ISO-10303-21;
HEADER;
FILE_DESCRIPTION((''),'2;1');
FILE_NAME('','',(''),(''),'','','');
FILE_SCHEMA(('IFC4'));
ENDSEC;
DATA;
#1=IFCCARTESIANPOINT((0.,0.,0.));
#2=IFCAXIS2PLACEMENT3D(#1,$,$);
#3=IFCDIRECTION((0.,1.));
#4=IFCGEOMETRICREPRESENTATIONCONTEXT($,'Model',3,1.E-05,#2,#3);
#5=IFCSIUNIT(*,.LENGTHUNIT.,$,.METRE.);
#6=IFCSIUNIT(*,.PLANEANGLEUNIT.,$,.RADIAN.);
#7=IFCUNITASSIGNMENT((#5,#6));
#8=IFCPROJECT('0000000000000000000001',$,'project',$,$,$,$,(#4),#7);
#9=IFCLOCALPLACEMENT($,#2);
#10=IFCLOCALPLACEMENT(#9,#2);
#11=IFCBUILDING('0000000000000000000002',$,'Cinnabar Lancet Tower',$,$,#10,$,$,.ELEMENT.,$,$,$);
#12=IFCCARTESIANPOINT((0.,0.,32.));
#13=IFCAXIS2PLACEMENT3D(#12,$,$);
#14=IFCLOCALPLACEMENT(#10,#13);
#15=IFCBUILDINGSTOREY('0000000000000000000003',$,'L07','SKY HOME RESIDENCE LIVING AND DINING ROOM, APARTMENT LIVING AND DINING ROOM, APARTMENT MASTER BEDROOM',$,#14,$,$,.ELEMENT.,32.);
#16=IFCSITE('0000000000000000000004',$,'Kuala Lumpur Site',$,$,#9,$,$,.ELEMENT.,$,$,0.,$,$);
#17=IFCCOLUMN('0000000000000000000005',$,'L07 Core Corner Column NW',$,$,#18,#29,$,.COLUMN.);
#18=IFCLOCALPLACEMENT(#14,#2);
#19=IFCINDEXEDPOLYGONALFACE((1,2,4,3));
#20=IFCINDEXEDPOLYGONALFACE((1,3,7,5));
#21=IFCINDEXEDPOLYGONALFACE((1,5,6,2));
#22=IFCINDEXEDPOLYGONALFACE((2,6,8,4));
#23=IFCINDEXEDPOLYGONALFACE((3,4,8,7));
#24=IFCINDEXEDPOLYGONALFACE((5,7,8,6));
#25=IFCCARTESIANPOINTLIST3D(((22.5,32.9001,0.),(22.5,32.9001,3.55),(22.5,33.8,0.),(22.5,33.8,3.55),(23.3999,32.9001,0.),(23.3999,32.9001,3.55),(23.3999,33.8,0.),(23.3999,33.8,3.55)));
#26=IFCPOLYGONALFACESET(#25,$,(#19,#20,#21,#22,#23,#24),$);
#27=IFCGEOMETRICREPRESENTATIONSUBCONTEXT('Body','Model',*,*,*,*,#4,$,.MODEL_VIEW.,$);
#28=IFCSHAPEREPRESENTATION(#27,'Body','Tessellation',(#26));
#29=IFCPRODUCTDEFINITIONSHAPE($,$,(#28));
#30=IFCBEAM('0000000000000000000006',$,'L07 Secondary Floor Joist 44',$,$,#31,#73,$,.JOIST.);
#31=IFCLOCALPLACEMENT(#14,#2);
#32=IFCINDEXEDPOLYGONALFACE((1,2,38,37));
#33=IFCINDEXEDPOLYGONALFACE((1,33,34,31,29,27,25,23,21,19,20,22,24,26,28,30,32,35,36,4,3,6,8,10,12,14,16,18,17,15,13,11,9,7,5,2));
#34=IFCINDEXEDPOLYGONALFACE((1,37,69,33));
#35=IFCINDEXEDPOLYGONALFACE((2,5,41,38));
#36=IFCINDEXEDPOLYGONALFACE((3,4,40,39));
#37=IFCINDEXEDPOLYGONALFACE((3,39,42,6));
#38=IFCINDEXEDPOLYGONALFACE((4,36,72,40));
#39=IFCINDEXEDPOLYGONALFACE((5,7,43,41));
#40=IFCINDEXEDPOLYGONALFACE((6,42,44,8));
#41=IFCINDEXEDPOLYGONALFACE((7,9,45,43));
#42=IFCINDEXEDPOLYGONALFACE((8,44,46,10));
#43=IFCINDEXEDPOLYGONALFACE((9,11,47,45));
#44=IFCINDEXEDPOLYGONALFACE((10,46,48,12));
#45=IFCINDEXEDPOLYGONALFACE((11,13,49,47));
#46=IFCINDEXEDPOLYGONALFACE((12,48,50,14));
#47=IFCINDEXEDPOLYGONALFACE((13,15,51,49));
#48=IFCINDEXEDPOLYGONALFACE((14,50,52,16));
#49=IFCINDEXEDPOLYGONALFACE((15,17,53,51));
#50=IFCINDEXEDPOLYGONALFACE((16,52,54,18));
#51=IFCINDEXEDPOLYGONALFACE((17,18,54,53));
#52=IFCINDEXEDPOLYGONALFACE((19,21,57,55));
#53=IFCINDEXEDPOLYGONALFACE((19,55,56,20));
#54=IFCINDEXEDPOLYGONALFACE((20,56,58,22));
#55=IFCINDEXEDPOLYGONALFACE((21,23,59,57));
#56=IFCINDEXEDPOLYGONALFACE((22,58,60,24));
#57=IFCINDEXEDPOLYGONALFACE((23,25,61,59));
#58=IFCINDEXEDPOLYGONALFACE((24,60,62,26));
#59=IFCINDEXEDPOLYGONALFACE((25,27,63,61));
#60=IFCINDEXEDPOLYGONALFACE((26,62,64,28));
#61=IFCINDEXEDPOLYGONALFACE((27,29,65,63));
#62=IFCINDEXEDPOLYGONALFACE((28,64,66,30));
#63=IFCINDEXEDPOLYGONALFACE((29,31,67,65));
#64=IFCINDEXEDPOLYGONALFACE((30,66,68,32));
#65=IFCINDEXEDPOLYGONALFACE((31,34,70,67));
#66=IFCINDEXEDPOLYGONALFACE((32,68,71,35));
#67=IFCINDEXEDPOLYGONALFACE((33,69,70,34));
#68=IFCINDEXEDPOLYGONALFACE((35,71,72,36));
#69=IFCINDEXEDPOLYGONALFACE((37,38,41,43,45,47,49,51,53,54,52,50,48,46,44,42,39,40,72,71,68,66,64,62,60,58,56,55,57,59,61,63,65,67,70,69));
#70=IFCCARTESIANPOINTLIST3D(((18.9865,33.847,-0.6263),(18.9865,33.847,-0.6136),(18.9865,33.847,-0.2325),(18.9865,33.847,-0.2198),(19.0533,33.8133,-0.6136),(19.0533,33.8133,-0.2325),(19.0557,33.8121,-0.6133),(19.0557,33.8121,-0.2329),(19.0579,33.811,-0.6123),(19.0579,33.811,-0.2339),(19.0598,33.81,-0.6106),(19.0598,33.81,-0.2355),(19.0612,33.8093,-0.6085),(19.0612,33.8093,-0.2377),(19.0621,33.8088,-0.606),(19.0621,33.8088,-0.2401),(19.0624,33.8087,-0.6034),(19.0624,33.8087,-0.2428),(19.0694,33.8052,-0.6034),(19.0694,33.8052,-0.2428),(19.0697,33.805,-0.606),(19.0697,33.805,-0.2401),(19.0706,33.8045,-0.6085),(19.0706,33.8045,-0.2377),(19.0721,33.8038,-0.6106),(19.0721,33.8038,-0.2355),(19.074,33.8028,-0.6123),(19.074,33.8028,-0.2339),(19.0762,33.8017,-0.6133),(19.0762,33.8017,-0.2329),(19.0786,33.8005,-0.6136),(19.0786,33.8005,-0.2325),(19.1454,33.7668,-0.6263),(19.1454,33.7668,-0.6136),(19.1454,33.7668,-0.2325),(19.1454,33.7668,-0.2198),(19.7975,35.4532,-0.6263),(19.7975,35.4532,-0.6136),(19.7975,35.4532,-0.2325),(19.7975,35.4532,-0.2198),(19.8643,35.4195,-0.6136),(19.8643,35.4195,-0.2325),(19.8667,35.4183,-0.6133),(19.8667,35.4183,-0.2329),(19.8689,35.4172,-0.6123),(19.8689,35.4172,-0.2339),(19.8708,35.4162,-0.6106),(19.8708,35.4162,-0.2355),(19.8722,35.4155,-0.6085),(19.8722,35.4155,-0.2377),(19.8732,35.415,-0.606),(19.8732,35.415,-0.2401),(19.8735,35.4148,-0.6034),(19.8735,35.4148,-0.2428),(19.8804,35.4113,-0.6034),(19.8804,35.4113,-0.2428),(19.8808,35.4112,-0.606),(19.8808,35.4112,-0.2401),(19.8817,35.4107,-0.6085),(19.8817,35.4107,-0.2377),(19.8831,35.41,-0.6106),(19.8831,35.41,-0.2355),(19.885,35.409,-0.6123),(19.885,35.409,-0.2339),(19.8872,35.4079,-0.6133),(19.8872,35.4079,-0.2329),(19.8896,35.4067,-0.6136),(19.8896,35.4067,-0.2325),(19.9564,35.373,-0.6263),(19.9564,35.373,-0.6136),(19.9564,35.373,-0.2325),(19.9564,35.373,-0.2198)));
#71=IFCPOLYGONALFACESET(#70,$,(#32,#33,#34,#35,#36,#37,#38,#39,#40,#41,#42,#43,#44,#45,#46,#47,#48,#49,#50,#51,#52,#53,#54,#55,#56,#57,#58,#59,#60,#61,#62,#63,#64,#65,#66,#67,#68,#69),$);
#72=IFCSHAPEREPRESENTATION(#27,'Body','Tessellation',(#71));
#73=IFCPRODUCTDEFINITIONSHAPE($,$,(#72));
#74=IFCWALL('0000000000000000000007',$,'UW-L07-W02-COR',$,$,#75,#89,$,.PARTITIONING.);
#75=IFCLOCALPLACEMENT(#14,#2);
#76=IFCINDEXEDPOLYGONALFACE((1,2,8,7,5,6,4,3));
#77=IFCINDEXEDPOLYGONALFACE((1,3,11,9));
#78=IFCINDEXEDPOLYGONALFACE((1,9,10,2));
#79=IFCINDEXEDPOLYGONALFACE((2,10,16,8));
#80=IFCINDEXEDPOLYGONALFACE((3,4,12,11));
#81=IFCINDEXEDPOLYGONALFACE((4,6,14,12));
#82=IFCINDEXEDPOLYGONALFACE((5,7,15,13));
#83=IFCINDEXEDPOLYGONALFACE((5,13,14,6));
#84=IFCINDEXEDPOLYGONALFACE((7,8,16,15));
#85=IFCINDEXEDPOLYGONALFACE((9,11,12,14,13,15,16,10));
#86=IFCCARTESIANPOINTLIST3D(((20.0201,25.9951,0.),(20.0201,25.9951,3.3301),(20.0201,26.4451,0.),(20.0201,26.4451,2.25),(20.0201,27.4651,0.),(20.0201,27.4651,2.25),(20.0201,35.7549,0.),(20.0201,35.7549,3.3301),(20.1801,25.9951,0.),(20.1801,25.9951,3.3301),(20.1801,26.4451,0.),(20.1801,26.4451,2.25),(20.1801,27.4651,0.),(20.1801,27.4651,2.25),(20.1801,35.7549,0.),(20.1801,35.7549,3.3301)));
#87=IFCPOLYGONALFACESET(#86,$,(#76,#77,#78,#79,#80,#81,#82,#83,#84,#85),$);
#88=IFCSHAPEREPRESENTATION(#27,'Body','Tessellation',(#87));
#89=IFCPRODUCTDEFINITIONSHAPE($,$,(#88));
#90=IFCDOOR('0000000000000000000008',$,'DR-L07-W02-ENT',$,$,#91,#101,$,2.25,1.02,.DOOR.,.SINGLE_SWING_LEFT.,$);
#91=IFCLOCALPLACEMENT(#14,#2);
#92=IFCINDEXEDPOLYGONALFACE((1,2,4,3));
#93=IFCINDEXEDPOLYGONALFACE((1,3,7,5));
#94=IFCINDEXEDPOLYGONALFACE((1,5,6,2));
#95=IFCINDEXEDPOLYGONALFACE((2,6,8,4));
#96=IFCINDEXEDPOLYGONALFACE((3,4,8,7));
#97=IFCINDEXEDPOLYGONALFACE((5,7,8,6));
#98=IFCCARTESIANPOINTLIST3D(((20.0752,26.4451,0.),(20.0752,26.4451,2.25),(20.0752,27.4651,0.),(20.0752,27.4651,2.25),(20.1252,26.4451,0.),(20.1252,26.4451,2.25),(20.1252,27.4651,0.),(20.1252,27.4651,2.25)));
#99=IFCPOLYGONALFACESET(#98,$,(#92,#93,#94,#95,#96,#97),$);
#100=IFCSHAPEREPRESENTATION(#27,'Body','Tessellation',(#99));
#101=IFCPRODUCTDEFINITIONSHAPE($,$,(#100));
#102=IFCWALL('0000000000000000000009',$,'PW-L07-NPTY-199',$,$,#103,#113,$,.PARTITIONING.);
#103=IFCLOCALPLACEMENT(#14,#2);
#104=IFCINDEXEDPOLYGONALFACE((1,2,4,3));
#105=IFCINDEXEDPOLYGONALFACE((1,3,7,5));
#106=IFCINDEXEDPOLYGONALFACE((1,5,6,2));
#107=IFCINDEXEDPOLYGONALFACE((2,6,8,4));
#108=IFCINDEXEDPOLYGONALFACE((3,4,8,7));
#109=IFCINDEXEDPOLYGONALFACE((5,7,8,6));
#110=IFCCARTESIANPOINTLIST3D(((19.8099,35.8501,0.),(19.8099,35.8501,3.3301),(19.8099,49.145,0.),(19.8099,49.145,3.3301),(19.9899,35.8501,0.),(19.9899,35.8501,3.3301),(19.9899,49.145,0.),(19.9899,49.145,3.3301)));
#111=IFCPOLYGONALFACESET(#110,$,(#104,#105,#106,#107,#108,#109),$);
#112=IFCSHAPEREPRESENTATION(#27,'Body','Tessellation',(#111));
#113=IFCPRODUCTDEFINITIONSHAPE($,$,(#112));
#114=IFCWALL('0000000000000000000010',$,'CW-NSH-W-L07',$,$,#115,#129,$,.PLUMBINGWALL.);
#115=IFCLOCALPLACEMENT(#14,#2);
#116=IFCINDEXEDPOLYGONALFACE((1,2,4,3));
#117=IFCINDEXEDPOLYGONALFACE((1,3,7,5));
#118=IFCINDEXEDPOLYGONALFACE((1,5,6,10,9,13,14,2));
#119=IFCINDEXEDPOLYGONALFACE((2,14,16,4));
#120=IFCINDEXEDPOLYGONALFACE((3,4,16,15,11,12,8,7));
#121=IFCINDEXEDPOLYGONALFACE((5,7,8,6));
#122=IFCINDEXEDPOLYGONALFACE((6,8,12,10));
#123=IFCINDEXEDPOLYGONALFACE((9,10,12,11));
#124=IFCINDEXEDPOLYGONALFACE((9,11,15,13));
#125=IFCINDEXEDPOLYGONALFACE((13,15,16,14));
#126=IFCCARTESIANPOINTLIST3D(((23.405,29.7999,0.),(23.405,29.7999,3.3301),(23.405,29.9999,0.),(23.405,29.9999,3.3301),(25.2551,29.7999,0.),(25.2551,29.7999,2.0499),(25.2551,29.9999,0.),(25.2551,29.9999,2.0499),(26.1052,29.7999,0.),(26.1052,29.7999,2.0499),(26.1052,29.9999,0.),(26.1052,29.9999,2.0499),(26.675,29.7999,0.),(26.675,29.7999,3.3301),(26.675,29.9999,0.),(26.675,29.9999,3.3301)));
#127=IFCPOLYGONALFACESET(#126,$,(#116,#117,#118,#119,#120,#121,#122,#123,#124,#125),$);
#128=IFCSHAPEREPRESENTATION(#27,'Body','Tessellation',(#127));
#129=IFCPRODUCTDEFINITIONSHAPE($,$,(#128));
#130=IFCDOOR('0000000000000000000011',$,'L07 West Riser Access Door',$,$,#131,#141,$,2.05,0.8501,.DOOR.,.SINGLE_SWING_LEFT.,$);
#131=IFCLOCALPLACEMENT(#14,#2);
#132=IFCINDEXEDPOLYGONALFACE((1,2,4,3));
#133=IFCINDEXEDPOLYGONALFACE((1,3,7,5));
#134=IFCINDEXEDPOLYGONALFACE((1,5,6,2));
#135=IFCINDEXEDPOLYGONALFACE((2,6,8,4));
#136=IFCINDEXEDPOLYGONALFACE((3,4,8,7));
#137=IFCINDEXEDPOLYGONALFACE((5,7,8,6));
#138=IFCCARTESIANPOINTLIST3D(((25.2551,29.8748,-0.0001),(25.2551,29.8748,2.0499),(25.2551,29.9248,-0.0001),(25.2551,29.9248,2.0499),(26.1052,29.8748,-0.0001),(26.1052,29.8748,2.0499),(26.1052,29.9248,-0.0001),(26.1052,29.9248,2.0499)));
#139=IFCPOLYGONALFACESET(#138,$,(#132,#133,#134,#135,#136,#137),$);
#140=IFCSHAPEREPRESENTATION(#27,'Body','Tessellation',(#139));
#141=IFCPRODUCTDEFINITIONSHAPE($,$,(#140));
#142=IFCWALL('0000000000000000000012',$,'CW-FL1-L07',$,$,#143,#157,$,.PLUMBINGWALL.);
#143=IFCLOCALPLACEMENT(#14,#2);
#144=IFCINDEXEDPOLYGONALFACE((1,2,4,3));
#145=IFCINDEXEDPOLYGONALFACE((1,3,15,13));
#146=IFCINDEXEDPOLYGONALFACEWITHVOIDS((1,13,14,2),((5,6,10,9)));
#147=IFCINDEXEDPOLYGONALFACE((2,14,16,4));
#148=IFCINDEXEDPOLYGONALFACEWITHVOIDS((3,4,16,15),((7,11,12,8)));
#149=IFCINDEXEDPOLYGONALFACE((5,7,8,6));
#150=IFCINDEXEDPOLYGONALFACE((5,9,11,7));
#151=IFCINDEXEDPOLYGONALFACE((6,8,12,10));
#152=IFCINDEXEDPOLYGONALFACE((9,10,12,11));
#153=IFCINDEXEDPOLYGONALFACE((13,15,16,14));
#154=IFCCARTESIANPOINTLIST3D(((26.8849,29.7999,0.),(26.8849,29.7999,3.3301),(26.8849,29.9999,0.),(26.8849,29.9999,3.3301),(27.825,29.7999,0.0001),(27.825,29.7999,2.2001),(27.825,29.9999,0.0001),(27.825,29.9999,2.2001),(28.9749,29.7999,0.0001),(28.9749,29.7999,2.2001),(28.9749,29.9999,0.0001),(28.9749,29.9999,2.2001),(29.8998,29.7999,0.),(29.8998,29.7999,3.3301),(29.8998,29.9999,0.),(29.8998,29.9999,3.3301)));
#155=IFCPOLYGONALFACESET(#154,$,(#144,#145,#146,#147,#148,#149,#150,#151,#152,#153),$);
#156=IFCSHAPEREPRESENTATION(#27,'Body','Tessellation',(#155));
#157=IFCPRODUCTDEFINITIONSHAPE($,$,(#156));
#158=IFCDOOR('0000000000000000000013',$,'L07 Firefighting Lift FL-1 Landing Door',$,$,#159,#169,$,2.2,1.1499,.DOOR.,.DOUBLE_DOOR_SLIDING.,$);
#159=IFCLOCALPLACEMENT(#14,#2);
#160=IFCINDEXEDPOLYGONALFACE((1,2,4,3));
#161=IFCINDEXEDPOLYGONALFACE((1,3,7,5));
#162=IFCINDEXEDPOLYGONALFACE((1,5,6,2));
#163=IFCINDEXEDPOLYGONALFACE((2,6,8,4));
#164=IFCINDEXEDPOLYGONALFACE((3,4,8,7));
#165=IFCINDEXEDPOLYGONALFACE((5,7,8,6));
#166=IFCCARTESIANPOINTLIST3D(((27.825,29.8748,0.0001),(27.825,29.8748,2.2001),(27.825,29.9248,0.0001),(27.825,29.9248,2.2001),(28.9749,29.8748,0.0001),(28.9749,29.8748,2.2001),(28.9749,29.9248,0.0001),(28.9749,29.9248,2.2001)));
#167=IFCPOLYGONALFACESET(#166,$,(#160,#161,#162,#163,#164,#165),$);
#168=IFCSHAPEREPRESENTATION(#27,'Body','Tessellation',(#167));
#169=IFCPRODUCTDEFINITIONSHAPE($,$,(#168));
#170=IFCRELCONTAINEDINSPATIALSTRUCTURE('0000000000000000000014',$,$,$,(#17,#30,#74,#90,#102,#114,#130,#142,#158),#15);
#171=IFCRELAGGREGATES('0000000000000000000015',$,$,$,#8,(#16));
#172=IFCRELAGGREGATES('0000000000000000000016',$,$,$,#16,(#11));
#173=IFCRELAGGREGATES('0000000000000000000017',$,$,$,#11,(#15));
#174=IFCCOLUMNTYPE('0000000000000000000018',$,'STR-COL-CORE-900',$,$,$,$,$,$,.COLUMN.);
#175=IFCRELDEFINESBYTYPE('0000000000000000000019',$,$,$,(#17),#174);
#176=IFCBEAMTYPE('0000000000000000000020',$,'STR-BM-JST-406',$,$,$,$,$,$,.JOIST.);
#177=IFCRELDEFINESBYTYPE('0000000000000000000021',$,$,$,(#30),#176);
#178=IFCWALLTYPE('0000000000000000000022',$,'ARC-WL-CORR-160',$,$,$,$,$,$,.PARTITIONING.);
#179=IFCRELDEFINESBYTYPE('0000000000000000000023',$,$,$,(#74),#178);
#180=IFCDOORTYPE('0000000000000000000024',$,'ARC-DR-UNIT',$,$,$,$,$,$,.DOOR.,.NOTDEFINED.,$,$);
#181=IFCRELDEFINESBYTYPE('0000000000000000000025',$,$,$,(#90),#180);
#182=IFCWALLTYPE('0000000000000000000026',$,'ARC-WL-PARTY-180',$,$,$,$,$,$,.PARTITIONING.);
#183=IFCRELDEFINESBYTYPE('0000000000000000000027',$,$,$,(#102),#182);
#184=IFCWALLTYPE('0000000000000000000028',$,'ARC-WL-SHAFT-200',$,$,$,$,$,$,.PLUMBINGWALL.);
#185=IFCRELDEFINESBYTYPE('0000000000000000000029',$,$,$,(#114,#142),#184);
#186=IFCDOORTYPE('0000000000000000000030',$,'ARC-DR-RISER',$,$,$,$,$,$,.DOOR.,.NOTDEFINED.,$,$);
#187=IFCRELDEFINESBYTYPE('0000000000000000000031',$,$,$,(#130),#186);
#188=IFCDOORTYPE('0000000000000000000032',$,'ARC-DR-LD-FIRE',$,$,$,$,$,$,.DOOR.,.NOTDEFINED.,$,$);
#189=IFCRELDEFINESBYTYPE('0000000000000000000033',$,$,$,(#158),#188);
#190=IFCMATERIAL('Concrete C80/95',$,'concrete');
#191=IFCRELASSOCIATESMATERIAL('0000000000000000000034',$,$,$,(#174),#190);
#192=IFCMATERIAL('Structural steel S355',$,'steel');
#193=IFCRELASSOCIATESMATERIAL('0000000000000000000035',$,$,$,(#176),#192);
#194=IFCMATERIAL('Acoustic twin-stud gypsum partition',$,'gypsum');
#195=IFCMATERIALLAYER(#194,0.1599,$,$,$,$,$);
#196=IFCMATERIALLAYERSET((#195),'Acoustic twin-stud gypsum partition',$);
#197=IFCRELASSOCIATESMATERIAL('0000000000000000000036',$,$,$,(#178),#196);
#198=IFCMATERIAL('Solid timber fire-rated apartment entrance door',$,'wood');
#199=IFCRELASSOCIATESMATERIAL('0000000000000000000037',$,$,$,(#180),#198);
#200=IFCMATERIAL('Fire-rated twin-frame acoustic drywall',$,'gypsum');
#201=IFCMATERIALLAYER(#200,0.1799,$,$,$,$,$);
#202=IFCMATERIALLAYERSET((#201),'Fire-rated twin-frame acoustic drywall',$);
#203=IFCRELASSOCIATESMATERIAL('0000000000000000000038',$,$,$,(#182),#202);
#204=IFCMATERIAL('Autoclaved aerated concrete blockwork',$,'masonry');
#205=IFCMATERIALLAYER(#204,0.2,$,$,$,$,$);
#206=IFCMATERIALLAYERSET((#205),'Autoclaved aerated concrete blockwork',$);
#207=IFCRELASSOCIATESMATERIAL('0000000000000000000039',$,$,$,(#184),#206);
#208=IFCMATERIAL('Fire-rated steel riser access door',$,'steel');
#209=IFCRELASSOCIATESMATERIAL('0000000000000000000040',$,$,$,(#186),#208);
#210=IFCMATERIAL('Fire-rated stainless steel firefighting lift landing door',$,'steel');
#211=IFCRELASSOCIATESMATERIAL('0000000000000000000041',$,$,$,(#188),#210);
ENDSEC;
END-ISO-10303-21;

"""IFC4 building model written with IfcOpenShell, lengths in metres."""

from ifc_helpers import new_model, si_unit, direction, frame, frame_2d, origin, origin_2d, place, context, subcontext, project, spatial, rectangle, i_section, extrude, material, layer, layer_set, material_profile, profile_set, type_object, element, fill, save


model = new_model("IFC4")

# Units and contexts
model_context = context("Model", 3, precision=1e-05, world=origin(), true_north=direction((0.0, 1.0)))
body_context = subcontext(model_context, "Body", "Model", "MODEL_VIEW")
ifc_project = project(units=[si_unit("LENGTHUNIT", "METRE"), si_unit("PLANEANGLEUNIT", "RADIAN")], contexts=[model_context])

# Site, building, storey
site_placement = place(None, origin())
site = spatial("IfcSite", under=ifc_project, at=site_placement, Name="Kuala Lumpur Site", CompositionType="ELEMENT", RefElevation=0.0)
building_placement = place(site_placement, origin())
building = spatial("IfcBuilding", under=site, at=building_placement, Name="Cinnabar Lancet Tower", CompositionType="ELEMENT")
storey_placement = place(building_placement, frame((0.0, 0.0, 32.0)))
storey = spatial("IfcBuildingStorey", under=building, at=storey_placement, Name="L07", Description="SKY HOME RESIDENCE LIVING AND DINING ROOM, APARTMENT LIVING AND DINING ROOM, APARTMENT MASTER BEDROOM", CompositionType="ELEMENT", Elevation=32.0)

# Column
ifc_material_1 = material(Name="Concrete C80/95", Category="concrete")
ifc_material_profile_1 = material_profile(ifc_material_1, rectangle(XDim=0.8999, YDim=0.8999, at=origin_2d()), Name="RC-COL 900x900")
ifc_profile_set_1 = profile_set([ifc_material_profile_1], Name="Concrete C80/95")
column_type = type_object("IfcColumnType", Name="STR-COL-CORE-900", PredefinedType="COLUMN", material=ifc_profile_set_1)
column_placement = place(storey_placement, frame((22.95, 33.3501, 0.0), z_axis=(0.0, 0.0, 1.0), x_axis=(1.0, 0.0, 0.0)))
element("IfcColumn", 1, at=column_placement, inside=storey, type_object=column_type, Name="L07 Core Corner Column NW", PredefinedType="COLUMN", context=body_context, shape_type="SweptSolid", body=[
    extrude(rectangle(XDim=0.8999, YDim=0.8999, at=origin_2d()), origin(), (0.0, 0.0, 1.0), 3.55),
])

# Beam
ifc_material_2 = material(Name="Structural steel S355", Category="steel")
ifc_material_profile_2 = material_profile(ifc_material_2, i_section(OverallWidth=0.178, OverallDepth=0.4065, WebThickness=0.0078, FlangeThickness=0.0127, FilletRadius=0.0103, at=origin_2d()), Name="UKB 406x178x60")
ifc_profile_set_2 = profile_set([ifc_material_profile_2], Name="Structural steel S355")
beam_type = type_object("IfcBeamType", Name="STR-BM-JST-406", PredefinedType="JOIST", material=ifc_profile_set_2)
beam_placement = place(storey_placement, frame((19.877, 35.4131, -0.4231), z_axis=(-0.450738, -0.892656, 0.0), x_axis=(0.892656, -0.450738, 0.0)))
element("IfcBeam", 2, at=beam_placement, inside=storey, type_object=beam_type, Name="L07 Secondary Floor Joist 44", PredefinedType="JOIST", context=body_context, shape_type="SweptSolid", body=[
    extrude(i_section(OverallWidth=0.178, OverallDepth=0.4065, WebThickness=0.0078, FlangeThickness=0.0127, FilletRadius=0.0103, at=origin_2d()), origin(), (0.0, 0.0, 1.0), 1.7993),
])

# Wall, opening, door
ifc_material_3 = material(Name="Acoustic twin-stud gypsum partition", Category="gypsum")
ifc_layer_1 = layer(ifc_material_3, 0.1599)
ifc_layer_set_1 = layer_set([ifc_layer_1], Name="Acoustic twin-stud gypsum partition")
wall_type_1 = type_object("IfcWallType", Name="ARC-WL-CORR-160", PredefinedType="PARTITIONING", material=ifc_layer_set_1)
wall_1_placement = place(storey_placement, frame((20.1001, 25.9951, 0.0), z_axis=(0.0, 0.0, 1.0), x_axis=(0.0, 1.0, 0.0)))
wall_1 = element("IfcWall", 3, at=wall_1_placement, inside=storey, type_object=wall_type_1, Name="UW-L07-W02-COR", PredefinedType="PARTITIONING", context=body_context, shape_type="SweptSolid", body=[
    extrude(rectangle(XDim=9.7598, YDim=0.1599, at=frame_2d((4.8799, 0.0))), origin(), (0.0, 0.0, 1.0), 3.3301),
])
opening_1_placement = place(wall_1_placement, frame((0.45, 0.0, 0.0)))
opening_1 = element("IfcOpeningElement", 4, at=opening_1_placement, cuts=wall_1, PredefinedType="OPENING", context=body_context, shape_type="SweptSolid", body=[
    extrude(rectangle(XDim=1.02, YDim=2.25, at=frame_2d((0.51, 1.125))), frame((0.0, 0.0898, 0.0), z_axis=(0.0, -1.0, 0.0), x_axis=(1.0, 0.0, 0.0)), (0.0, 0.0, 1.0), 0.1799),
])
ifc_material_4 = material(Name="Solid timber fire-rated apartment entrance door", Category="wood")
door_type_1 = type_object("IfcDoorType", Name="ARC-DR-UNIT", OperationType="NOTDEFINED", PredefinedType="DOOR", material=ifc_material_4)
door_1_placement = place(opening_1_placement, origin())
door_1 = element("IfcDoor", 5, at=door_1_placement, inside=storey, type_object=door_type_1, Name="DR-L07-W02-ENT", OperationType="SINGLE_SWING_LEFT", OverallHeight=2.25, OverallWidth=1.02, PredefinedType="DOOR", context=body_context, shape_type="SweptSolid", body=[
    extrude(rectangle(XDim=1.02, YDim=2.25, at=frame_2d((0.51, 1.125))), frame((0.0, 0.0249, 0.0), z_axis=(0.0, -1.0, 0.0), x_axis=(1.0, 0.0, 0.0)), (0.0, 0.0, 1.0), 0.05),
])
fill(opening_1, door_1)

# Wall
ifc_material_5 = material(Name="Fire-rated twin-frame acoustic drywall", Category="gypsum")
ifc_layer_2 = layer(ifc_material_5, 0.1799)
ifc_layer_set_2 = layer_set([ifc_layer_2], Name="Fire-rated twin-frame acoustic drywall")
wall_type_2 = type_object("IfcWallType", Name="ARC-WL-PARTY-180", PredefinedType="PARTITIONING", material=ifc_layer_set_2)
wall_2_placement = place(storey_placement, frame((19.8999, 35.8501, 0.0), z_axis=(0.0, 0.0, 1.0), x_axis=(0.0, 1.0, 0.0)))
element("IfcWall", 6, at=wall_2_placement, inside=storey, type_object=wall_type_2, Name="PW-L07-NPTY-199", PredefinedType="PARTITIONING", context=body_context, shape_type="SweptSolid", body=[
    extrude(rectangle(XDim=13.2949, YDim=0.1799, at=frame_2d((6.6475, 0.0))), origin(), (0.0, 0.0, 1.0), 3.3301),
])

# Walls, openings, doors
ifc_material_6 = material(Name="Autoclaved aerated concrete blockwork", Category="masonry")
ifc_layer_3 = layer(ifc_material_6, 0.2)
ifc_layer_set_3 = layer_set([ifc_layer_3], Name="Autoclaved aerated concrete blockwork")
wall_type_3 = type_object("IfcWallType", Name="ARC-WL-SHAFT-200", PredefinedType="PLUMBINGWALL", material=ifc_layer_set_3)
wall_3_placement = place(storey_placement, frame((23.405, 29.8999, 0.0), z_axis=(0.0, 0.0, 1.0), x_axis=(1.0, 0.0, 0.0)))
wall_3 = element("IfcWall", 7, at=wall_3_placement, inside=storey, type_object=wall_type_3, Name="CW-NSH-W-L07", PredefinedType="PLUMBINGWALL", context=body_context, shape_type="SweptSolid", body=[
    extrude(rectangle(XDim=3.27, YDim=0.2, at=frame_2d((1.635, 0.0))), origin(), (0.0, 0.0, 1.0), 3.3301),
])
opening_2_placement = place(wall_3_placement, frame((1.8501, 0.0, 0.0)))
opening_2 = element("IfcOpeningElement", 8, at=opening_2_placement, cuts=wall_3, PredefinedType="OPENING", context=body_context, shape_type="SweptSolid", body=[
    extrude(rectangle(XDim=0.8501, YDim=2.05, at=frame_2d((0.425, 1.0249))), frame((0.0, 0.1099, 0.0), z_axis=(0.0, -1.0, 0.0), x_axis=(1.0, 0.0, 0.0)), (0.0, 0.0, 1.0), 0.22),
])
ifc_material_7 = material(Name="Fire-rated steel riser access door", Category="steel")
door_type_2 = type_object("IfcDoorType", Name="ARC-DR-RISER", OperationType="NOTDEFINED", PredefinedType="DOOR", material=ifc_material_7)
door_2_placement = place(opening_2_placement, origin())
door_2 = element("IfcDoor", 9, at=door_2_placement, inside=storey, type_object=door_type_2, Name="L07 West Riser Access Door", OperationType="SINGLE_SWING_LEFT", OverallHeight=2.05, OverallWidth=0.8501, PredefinedType="DOOR", context=body_context, shape_type="SweptSolid", body=[
    extrude(rectangle(XDim=0.8501, YDim=2.05, at=frame_2d((0.425, 1.0249))), frame((0.0, 0.0249, 0.0), z_axis=(0.0, -1.0, 0.0), x_axis=(1.0, 0.0, 0.0)), (0.0, 0.0, 1.0), 0.05),
])
fill(opening_2, door_2)
wall_4_placement = place(storey_placement, frame((26.885, 29.8999, 0.0), z_axis=(0.0, 0.0, 1.0), x_axis=(1.0, 0.0, 0.0)))
wall_4 = element("IfcWall", 10, at=wall_4_placement, inside=storey, type_object=wall_type_3, Name="CW-FL1-L07", PredefinedType="PLUMBINGWALL", context=body_context, shape_type="SweptSolid", body=[
    extrude(rectangle(XDim=3.0149, YDim=0.2, at=frame_2d((1.5073, 0.0))), origin(), (0.0, 0.0, 1.0), 3.3301),
])
opening_3_placement = place(wall_4_placement, frame((0.9399, 0.0, 0.0)))
opening_3 = element("IfcOpeningElement", 11, at=opening_3_placement, cuts=wall_4, PredefinedType="OPENING", context=body_context, shape_type="SweptSolid", body=[
    extrude(rectangle(XDim=1.1499, YDim=2.2, at=frame_2d((0.575, 1.1001))), frame((0.0, 0.1099, 0.0), z_axis=(0.0, -1.0, 0.0), x_axis=(1.0, 0.0, 0.0)), (0.0, 0.0, 1.0), 0.22),
])
ifc_material_8 = material(Name="Fire-rated stainless steel firefighting lift landing door", Category="steel")
door_type_3 = type_object("IfcDoorType", Name="ARC-DR-LD-FIRE", OperationType="NOTDEFINED", PredefinedType="DOOR", material=ifc_material_8)
door_3_placement = place(opening_3_placement, origin())
door_3 = element("IfcDoor", 12, at=door_3_placement, inside=storey, type_object=door_type_3, Name="L07 Firefighting Lift FL-1 Landing Door", OperationType="DOUBLE_DOOR_SLIDING", OverallHeight=2.2, OverallWidth=1.1499, PredefinedType="DOOR", context=body_context, shape_type="SweptSolid", body=[
    extrude(rectangle(XDim=1.1499, YDim=2.2, at=frame_2d((0.575, 1.1001))), frame((0.0, 0.0249, 0.0), z_axis=(0.0, -1.0, 0.0), x_axis=(1.0, 0.0, 0.0)), (0.0, 0.0, 1.0), 0.05),
])
fill(opening_3, door_3)

save(model, "model.ifc")
